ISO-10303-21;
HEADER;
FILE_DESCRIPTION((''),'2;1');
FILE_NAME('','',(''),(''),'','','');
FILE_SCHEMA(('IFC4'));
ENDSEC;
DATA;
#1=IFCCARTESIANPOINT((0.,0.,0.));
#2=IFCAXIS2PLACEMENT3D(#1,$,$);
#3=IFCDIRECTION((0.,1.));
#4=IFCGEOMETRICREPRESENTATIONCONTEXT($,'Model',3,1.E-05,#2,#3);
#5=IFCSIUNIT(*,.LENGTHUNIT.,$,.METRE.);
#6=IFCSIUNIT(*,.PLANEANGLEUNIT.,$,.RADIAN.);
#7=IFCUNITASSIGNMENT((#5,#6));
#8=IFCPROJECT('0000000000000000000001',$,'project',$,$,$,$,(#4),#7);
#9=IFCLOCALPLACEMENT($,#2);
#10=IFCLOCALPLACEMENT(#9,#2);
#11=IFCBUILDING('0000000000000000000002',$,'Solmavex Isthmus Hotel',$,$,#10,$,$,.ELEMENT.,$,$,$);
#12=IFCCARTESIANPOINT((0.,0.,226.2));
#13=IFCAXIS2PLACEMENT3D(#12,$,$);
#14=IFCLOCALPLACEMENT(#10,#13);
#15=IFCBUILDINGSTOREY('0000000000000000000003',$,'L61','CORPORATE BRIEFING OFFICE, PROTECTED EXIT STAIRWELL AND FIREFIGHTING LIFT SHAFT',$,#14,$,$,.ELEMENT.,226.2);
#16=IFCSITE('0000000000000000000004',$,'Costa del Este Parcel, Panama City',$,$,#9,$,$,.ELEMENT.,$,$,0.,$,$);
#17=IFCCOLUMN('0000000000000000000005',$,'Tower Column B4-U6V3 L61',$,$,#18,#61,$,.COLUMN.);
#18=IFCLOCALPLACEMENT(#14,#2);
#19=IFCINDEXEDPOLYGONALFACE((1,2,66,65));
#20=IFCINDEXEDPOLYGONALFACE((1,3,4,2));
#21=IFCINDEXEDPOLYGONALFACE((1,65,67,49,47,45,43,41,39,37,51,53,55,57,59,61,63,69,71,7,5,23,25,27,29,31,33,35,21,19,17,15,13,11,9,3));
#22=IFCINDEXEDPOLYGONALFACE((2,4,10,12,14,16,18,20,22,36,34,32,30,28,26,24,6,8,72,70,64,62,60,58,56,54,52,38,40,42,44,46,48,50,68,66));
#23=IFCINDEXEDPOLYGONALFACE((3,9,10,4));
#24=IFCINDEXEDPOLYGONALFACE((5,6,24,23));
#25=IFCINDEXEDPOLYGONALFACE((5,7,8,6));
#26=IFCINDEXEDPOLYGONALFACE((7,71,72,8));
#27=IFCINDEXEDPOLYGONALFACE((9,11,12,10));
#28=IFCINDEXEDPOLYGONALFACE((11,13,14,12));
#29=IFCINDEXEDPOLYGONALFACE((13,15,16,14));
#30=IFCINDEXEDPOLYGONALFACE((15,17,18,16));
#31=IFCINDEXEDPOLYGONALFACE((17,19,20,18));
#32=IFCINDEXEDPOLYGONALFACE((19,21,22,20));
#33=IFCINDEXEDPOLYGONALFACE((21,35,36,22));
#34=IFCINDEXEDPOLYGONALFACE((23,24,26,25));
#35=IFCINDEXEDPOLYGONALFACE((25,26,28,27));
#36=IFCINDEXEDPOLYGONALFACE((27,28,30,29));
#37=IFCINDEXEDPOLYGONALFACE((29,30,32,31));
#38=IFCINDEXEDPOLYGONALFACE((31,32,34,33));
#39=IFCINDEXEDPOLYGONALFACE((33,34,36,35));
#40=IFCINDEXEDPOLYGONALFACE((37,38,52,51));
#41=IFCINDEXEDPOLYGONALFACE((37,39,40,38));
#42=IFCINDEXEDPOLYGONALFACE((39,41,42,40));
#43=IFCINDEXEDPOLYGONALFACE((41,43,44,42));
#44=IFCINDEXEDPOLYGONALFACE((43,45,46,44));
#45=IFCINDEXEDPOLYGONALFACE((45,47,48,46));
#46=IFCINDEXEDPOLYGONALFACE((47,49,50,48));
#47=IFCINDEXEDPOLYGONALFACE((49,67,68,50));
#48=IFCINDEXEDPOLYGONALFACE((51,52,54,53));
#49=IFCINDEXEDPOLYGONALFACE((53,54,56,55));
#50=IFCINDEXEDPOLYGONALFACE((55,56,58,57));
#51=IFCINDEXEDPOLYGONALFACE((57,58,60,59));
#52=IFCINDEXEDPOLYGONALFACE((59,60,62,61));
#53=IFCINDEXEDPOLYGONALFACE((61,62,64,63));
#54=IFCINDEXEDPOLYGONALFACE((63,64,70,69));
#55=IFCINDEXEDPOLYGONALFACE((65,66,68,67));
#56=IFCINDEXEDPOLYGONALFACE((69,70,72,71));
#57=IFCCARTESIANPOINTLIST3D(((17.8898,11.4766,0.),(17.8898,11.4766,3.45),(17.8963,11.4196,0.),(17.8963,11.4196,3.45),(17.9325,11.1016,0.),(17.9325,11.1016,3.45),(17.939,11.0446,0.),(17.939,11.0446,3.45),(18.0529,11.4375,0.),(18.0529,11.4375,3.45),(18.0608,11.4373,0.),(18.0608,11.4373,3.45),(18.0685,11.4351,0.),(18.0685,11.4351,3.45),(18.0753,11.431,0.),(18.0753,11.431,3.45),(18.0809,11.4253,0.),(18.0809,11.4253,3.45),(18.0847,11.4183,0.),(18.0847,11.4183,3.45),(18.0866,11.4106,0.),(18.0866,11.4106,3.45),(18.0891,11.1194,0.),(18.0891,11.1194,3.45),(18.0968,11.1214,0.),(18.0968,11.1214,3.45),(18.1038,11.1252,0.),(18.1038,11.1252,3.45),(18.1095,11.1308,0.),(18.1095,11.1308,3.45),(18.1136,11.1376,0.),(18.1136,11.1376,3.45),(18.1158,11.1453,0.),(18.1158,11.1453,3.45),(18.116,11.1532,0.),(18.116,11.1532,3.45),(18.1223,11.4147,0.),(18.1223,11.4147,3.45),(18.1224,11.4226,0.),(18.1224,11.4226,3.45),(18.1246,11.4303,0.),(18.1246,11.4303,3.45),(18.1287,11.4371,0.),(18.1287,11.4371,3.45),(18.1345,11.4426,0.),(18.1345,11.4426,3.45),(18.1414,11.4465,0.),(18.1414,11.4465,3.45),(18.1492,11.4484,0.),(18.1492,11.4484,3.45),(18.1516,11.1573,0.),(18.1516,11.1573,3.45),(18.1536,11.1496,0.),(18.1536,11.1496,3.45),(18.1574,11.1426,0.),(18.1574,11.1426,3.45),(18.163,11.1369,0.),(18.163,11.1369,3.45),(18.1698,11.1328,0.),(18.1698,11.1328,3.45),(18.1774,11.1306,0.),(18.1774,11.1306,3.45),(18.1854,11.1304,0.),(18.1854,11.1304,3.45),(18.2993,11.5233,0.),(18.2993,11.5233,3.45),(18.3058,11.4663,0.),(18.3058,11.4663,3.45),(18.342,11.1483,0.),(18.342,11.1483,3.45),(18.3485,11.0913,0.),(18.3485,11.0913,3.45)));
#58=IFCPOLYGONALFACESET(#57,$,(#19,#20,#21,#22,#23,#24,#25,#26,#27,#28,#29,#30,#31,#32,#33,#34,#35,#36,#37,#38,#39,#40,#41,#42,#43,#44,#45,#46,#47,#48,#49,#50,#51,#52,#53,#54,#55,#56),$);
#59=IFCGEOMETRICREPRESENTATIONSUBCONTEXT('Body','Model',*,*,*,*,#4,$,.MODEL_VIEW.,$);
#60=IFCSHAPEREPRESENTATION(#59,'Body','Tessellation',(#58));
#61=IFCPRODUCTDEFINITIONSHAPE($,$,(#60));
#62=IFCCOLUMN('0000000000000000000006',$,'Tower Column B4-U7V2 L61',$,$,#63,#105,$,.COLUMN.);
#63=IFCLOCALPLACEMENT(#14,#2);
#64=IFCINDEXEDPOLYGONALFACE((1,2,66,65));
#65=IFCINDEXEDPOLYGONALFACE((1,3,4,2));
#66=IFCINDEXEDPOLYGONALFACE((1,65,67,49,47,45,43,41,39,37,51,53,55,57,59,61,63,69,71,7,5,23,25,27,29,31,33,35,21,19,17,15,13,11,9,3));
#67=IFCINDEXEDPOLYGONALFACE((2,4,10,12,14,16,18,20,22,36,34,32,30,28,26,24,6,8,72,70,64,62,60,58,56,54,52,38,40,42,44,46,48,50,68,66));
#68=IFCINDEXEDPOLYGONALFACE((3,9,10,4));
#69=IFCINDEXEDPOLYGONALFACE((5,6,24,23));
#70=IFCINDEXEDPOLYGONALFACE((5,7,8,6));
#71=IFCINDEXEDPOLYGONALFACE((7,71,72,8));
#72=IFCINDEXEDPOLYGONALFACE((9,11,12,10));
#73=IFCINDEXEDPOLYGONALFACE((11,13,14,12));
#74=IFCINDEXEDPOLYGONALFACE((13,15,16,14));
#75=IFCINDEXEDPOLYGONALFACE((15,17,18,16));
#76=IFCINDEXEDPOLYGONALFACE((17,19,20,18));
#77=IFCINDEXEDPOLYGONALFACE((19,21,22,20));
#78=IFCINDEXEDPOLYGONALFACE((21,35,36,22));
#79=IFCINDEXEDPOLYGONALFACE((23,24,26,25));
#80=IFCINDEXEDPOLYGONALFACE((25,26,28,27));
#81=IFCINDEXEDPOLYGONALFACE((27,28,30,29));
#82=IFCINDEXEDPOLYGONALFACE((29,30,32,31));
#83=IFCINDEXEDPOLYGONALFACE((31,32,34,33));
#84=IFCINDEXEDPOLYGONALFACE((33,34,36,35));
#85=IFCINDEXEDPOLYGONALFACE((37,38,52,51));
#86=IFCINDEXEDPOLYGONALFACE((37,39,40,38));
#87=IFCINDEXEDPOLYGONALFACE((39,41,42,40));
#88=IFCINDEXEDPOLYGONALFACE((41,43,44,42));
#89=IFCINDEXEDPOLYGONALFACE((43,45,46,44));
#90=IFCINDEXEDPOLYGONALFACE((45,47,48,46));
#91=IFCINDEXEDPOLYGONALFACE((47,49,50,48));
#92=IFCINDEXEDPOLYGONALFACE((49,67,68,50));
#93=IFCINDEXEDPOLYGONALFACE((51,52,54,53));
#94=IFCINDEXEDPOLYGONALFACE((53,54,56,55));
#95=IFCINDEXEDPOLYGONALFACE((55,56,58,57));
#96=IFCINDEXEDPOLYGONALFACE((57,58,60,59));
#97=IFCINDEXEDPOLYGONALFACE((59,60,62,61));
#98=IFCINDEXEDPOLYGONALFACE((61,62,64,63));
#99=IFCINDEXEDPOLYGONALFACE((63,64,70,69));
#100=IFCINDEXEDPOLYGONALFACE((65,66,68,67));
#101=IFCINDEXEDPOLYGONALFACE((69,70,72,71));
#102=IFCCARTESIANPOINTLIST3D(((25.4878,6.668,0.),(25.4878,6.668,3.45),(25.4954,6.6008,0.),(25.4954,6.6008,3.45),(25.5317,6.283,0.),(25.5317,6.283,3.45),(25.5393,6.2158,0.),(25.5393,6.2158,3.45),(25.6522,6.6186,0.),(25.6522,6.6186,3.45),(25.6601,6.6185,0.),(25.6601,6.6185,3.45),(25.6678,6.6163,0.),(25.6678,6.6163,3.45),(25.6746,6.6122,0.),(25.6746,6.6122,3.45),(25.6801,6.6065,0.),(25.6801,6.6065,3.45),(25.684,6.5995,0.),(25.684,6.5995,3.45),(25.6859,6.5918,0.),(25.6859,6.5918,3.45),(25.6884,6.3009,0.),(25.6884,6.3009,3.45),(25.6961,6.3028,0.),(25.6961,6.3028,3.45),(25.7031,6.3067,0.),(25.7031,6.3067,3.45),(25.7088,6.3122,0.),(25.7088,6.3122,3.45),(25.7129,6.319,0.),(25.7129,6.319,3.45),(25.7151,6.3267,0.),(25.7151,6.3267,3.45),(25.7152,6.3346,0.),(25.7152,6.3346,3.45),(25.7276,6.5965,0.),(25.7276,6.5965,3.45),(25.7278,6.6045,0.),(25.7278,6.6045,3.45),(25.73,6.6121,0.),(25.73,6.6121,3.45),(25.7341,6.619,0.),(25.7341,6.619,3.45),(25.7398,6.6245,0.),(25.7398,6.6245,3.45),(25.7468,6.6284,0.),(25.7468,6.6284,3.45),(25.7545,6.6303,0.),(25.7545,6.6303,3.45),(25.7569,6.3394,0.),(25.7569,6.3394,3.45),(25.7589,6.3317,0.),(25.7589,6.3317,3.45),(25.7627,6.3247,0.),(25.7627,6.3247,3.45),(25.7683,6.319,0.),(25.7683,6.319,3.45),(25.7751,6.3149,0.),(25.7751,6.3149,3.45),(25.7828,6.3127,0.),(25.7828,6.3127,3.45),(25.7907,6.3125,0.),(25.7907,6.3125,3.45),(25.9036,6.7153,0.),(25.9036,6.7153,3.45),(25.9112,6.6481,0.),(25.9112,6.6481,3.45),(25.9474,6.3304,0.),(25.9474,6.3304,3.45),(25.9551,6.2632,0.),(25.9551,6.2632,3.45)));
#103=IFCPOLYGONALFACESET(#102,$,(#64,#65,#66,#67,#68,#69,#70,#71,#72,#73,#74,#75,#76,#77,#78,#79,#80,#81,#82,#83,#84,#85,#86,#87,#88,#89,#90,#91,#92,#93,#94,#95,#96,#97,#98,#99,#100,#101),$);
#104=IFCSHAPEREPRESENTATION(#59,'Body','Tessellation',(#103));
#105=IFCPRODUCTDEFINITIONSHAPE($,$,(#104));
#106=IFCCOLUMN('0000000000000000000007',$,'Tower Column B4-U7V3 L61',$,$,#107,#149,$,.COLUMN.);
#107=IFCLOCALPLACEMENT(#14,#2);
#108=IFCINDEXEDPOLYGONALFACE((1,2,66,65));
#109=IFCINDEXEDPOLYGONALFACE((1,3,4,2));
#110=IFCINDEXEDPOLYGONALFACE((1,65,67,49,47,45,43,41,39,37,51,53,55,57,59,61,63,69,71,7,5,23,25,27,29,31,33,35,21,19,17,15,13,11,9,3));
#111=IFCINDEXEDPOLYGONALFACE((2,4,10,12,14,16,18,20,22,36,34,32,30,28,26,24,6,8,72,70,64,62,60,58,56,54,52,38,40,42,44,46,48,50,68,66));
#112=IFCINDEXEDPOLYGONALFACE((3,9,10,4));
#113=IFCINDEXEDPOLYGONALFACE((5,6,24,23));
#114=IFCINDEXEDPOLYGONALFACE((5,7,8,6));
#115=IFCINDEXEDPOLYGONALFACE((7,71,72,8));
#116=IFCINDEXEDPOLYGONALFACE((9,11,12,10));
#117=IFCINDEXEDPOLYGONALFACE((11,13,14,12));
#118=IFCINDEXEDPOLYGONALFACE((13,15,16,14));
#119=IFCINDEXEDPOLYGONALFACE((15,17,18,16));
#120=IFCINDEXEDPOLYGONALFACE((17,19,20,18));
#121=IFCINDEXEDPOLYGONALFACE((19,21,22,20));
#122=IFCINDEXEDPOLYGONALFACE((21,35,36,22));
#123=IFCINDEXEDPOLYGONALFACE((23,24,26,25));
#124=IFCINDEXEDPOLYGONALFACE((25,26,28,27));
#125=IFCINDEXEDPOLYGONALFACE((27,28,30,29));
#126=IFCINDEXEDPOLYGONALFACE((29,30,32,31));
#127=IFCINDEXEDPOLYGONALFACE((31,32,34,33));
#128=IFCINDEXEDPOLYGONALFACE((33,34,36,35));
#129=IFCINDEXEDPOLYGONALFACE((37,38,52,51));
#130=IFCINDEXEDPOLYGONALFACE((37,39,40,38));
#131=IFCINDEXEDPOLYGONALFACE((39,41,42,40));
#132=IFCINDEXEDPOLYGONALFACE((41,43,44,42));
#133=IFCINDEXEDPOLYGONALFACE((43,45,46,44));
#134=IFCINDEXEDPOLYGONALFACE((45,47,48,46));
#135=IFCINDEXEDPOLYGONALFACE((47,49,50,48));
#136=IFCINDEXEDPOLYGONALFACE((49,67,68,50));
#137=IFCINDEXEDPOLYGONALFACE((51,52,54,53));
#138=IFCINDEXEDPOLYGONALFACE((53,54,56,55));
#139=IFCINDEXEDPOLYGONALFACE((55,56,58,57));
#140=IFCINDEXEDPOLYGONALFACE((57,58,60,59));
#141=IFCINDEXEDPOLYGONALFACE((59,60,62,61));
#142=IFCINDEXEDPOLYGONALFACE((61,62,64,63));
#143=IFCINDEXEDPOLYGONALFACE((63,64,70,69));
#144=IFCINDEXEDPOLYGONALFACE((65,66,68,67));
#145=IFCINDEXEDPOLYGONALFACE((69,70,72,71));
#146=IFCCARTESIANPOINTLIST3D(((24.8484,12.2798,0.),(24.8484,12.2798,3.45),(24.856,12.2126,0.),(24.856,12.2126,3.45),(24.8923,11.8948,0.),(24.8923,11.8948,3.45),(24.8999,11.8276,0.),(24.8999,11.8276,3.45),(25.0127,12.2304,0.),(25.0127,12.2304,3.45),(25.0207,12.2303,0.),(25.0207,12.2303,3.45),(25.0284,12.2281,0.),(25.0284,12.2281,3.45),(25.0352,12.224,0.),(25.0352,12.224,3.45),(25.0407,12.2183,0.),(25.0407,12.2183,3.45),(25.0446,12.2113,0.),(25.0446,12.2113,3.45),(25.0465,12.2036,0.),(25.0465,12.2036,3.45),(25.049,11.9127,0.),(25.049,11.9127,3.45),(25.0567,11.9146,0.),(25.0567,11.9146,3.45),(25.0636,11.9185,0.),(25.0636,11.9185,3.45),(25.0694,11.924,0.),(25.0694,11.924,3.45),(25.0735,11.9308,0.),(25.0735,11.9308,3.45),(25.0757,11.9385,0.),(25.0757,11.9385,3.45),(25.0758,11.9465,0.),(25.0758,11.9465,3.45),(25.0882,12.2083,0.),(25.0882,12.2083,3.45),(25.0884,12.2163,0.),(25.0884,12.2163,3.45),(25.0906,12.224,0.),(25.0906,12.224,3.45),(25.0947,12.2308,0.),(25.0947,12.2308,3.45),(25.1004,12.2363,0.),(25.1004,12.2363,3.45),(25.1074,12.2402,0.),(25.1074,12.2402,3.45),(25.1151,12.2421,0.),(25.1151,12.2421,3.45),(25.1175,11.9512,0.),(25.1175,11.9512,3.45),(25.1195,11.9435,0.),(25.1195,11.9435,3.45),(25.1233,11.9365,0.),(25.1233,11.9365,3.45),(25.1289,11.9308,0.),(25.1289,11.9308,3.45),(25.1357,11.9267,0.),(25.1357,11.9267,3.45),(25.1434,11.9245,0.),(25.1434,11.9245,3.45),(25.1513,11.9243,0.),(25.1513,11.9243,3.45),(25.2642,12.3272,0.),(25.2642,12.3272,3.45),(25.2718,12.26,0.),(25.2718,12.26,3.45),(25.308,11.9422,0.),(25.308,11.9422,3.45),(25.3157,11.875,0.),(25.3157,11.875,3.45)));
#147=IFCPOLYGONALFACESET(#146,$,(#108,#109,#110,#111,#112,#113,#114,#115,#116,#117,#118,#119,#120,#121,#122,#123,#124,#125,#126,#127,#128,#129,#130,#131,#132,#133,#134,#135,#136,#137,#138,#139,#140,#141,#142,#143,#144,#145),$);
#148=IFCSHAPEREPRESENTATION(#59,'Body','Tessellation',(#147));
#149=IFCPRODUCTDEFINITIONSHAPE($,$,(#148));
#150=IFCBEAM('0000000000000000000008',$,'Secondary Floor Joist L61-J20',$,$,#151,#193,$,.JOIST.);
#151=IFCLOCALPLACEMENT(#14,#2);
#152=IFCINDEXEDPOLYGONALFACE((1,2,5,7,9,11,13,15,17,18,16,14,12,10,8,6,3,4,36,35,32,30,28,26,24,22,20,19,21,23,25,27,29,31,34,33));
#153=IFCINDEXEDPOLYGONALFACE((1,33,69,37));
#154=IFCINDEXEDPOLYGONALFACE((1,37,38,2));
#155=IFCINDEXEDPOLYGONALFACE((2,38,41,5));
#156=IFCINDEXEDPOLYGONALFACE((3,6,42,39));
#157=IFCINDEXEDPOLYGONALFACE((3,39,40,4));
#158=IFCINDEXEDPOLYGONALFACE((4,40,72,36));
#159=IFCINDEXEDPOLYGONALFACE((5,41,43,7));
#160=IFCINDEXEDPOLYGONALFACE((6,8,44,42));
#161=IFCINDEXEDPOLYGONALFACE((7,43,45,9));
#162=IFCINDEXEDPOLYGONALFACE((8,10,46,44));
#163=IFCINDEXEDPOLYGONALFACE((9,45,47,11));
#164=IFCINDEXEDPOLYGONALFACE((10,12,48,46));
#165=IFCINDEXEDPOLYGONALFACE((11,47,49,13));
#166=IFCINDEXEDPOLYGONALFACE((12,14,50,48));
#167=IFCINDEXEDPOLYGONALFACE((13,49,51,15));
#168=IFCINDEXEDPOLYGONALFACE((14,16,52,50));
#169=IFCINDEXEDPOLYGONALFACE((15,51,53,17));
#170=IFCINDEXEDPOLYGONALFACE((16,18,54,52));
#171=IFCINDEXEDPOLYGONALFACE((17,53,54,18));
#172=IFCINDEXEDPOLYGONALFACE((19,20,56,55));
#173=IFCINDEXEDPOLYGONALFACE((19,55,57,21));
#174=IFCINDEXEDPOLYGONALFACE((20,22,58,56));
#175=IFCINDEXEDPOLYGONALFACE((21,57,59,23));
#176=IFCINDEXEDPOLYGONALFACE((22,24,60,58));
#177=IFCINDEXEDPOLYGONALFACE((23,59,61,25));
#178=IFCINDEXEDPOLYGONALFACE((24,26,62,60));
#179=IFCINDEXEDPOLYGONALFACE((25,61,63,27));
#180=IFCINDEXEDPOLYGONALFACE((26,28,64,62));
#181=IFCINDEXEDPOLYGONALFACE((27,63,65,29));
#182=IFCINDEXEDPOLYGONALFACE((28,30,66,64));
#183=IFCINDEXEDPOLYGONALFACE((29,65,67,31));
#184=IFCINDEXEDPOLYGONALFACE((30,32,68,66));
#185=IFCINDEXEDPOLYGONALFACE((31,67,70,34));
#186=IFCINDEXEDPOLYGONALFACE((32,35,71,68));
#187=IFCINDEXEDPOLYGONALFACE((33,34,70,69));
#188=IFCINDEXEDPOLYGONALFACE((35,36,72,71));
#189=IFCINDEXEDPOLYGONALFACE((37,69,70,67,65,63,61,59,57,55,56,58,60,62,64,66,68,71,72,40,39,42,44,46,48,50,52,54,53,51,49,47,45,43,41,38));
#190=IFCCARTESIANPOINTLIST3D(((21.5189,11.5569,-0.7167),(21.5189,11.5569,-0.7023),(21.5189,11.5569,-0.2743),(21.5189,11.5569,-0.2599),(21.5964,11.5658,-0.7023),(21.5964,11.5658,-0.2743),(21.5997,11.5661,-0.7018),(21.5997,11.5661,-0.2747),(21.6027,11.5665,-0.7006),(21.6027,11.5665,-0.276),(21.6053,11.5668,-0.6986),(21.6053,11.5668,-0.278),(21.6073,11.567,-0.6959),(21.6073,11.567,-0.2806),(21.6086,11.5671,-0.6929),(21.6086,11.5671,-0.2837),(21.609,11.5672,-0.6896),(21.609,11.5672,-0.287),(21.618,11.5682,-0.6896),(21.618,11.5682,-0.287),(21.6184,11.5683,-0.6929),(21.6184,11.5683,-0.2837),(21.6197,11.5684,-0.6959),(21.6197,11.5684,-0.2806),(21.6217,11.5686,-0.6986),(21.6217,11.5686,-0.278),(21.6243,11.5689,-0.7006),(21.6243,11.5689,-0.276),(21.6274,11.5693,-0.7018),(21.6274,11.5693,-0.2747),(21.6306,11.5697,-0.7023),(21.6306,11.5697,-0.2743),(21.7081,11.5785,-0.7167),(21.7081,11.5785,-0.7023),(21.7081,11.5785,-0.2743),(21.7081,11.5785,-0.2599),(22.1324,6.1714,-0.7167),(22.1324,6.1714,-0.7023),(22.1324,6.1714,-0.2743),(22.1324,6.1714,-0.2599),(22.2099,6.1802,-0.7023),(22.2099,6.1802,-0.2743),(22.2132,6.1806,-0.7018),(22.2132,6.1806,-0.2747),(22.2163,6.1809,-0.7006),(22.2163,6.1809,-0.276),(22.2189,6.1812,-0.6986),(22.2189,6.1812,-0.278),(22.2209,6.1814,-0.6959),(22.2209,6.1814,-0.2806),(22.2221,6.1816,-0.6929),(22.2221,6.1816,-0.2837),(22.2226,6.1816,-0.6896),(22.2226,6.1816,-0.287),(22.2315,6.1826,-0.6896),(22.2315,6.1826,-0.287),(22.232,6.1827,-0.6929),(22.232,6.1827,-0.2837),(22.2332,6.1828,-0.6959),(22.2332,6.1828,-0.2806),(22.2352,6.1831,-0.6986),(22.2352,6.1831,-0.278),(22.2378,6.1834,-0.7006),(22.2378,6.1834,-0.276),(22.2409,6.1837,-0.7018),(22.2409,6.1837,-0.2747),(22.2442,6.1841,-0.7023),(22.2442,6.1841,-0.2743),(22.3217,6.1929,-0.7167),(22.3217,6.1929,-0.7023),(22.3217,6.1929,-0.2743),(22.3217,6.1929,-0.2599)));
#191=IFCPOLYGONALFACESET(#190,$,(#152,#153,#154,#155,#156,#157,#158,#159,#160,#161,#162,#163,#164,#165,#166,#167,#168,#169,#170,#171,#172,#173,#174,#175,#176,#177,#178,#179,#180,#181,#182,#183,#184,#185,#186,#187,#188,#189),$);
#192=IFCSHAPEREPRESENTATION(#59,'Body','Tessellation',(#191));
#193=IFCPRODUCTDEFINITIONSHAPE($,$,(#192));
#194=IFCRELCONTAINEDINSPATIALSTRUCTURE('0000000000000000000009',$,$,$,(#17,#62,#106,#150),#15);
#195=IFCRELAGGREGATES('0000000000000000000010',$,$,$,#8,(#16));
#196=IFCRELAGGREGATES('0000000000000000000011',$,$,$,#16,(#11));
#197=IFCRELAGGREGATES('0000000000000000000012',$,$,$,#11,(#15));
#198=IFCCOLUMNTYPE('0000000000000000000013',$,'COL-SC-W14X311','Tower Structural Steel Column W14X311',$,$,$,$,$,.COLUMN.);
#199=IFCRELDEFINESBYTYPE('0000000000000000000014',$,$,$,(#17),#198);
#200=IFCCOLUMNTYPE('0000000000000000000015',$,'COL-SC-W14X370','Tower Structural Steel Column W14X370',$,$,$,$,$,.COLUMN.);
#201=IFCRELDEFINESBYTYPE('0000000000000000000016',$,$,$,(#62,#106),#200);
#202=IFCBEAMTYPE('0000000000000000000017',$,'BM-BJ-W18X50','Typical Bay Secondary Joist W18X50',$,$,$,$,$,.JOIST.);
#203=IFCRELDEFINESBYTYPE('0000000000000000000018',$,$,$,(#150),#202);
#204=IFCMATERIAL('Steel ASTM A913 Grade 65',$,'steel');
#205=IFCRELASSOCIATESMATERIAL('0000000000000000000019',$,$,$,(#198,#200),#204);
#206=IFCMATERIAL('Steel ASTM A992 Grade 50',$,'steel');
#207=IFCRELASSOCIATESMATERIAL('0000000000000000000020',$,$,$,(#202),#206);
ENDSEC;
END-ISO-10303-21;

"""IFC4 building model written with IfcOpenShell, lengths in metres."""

from ifc_helpers import new_model, si_unit, direction, frame, origin, origin_2d, place, context, subcontext, project, spatial, i_section, extrude, material, material_profile, profile_set, type_object, element, save


model = new_model("IFC4")

# Units and contexts
model_context = context("Model", 3, precision=1e-05, world=origin(), true_north=direction((0.0, 1.0)))
body_context = subcontext(model_context, "Body", "Model", "MODEL_VIEW")
ifc_project = project(units=[si_unit("LENGTHUNIT", "METRE"), si_unit("PLANEANGLEUNIT", "RADIAN")], contexts=[model_context])

# Site, building, storey
site_placement = place(None, origin())
site = spatial("IfcSite", under=ifc_project, at=site_placement, Name="Costa del Este Parcel, Panama City", CompositionType="ELEMENT", RefElevation=0.0)
building_placement = place(site_placement, origin())
building = spatial("IfcBuilding", under=site, at=building_placement, Name="Solmavex Isthmus Hotel", CompositionType="ELEMENT")
storey_placement = place(building_placement, frame((0.0, 0.0, 226.2)))
storey = spatial("IfcBuildingStorey", under=building, at=storey_placement, Name="L61", Description="CORPORATE BRIEFING OFFICE, PROTECTED EXIT STAIRWELL AND FIREFIGHTING LIFT SHAFT", CompositionType="ELEMENT", Elevation=226.2)

# Columns
ifc_material_1 = material(Name="Steel ASTM A913 Grade 65", Category="steel")
ifc_material_profile_1 = material_profile(ifc_material_1, i_section(OverallWidth=0.4121, OverallDepth=0.4348, WebThickness=0.0359, FlangeThickness=0.0574, FilletRadius=0.0305, at=origin_2d()), Name="W14X311")
ifc_profile_set_1 = profile_set([ifc_material_profile_1], Name="Steel ASTM A913 Grade 65")
column_type_1 = type_object("IfcColumnType", Name="COL-SC-W14X311", Description="Tower Structural Steel Column W14X311", PredefinedType="COLUMN", material=ifc_profile_set_1)
column_placement = place(storey_placement, frame((18.1191, 11.2839, 0.0), z_axis=(0.0, 0.0, 1.0), x_axis=(0.993572, 0.113203, 0.0)))
element("IfcColumn", 1, at=column_placement, inside=storey, type_object=column_type_1, Name="Tower Column B4-U6V3 L61", PredefinedType="COLUMN", context=body_context, shape_type="SweptSolid", body=[
    extrude(i_section(OverallWidth=0.4121, OverallDepth=0.4348, WebThickness=0.0359, FlangeThickness=0.0574, FilletRadius=0.0305, at=origin_2d()), origin(), (0.0, 0.0, 1.0), 3.45),
])
ifc_material_profile_2 = material_profile(ifc_material_1, i_section(OverallWidth=0.4185, OverallDepth=0.4551, WebThickness=0.042, FlangeThickness=0.0676, FilletRadius=0.0305, at=origin_2d()), Name="W14X370")
ifc_profile_set_2 = profile_set([ifc_material_profile_2], Name="Steel ASTM A913 Grade 65")
column_type_2 = type_object("IfcColumnType", Name="COL-SC-W14X370", Description="Tower Structural Steel Column W14X370", PredefinedType="COLUMN", material=ifc_profile_set_2)
for number, where, z_axis, x_axis, name in (
    (2, (25.7214, 6.4656, 0.0), (0.0, 0.0, 1.0), (0.993572, 0.113203, 0.0), "Tower Column B4-U7V2 L61"),
    (3, (25.082, 12.0774, 0.0), (0.0, 0.0, 1.0), (0.993572, 0.113203, 0.0), "Tower Column B4-U7V3 L61"),
):
    element("IfcColumn", number, at=place(storey_placement, frame(where, z_axis=z_axis, x_axis=x_axis)), inside=storey, type_object=column_type_2, Name=name, PredefinedType="COLUMN", context=body_context, shape_type="SweptSolid", body=[
        extrude(i_section(OverallWidth=0.4185, OverallDepth=0.4551, WebThickness=0.042, FlangeThickness=0.0676, FilletRadius=0.0305, at=origin_2d()), origin(), (0.0, 0.0, 1.0), 3.45),
    ])

# Beam
ifc_material_2 = material(Name="Steel ASTM A992 Grade 50", Category="steel")
ifc_material_profile_3 = material_profile(ifc_material_2, i_section(OverallWidth=0.1904, OverallDepth=0.4568, WebThickness=0.009, FlangeThickness=0.0144, FilletRadius=0.0127, at=origin_2d()), Name="W18X50")
ifc_profile_set_3 = profile_set([ifc_material_profile_3], Name="Steel ASTM A992 Grade 50")
beam_type_1 = type_object("IfcBeamType", Name="BM-BJ-W18X50", Description="Typical Bay Secondary Joist W18X50", PredefinedType="JOIST", material=ifc_profile_set_3)
beam_1_placement = place(storey_placement, frame((22.2271, 6.1821, -0.4883), z_axis=(-0.11319, 0.993573, 0.0), x_axis=(-0.993573, -0.11319, 0.0)))
element("IfcBeam", 4, at=beam_1_placement, inside=storey, type_object=beam_type_1, Name="Secondary Floor Joist L61-J20", PredefinedType="JOIST", context=body_context, shape_type="SweptSolid", body=[
    extrude(i_section(OverallWidth=0.1904, OverallDepth=0.4568, WebThickness=0.009, FlangeThickness=0.0144, FilletRadius=0.0127, at=origin_2d()), origin(), (0.0, 0.0, 1.0), 5.4204),
])

save(model, "model.ifc")
